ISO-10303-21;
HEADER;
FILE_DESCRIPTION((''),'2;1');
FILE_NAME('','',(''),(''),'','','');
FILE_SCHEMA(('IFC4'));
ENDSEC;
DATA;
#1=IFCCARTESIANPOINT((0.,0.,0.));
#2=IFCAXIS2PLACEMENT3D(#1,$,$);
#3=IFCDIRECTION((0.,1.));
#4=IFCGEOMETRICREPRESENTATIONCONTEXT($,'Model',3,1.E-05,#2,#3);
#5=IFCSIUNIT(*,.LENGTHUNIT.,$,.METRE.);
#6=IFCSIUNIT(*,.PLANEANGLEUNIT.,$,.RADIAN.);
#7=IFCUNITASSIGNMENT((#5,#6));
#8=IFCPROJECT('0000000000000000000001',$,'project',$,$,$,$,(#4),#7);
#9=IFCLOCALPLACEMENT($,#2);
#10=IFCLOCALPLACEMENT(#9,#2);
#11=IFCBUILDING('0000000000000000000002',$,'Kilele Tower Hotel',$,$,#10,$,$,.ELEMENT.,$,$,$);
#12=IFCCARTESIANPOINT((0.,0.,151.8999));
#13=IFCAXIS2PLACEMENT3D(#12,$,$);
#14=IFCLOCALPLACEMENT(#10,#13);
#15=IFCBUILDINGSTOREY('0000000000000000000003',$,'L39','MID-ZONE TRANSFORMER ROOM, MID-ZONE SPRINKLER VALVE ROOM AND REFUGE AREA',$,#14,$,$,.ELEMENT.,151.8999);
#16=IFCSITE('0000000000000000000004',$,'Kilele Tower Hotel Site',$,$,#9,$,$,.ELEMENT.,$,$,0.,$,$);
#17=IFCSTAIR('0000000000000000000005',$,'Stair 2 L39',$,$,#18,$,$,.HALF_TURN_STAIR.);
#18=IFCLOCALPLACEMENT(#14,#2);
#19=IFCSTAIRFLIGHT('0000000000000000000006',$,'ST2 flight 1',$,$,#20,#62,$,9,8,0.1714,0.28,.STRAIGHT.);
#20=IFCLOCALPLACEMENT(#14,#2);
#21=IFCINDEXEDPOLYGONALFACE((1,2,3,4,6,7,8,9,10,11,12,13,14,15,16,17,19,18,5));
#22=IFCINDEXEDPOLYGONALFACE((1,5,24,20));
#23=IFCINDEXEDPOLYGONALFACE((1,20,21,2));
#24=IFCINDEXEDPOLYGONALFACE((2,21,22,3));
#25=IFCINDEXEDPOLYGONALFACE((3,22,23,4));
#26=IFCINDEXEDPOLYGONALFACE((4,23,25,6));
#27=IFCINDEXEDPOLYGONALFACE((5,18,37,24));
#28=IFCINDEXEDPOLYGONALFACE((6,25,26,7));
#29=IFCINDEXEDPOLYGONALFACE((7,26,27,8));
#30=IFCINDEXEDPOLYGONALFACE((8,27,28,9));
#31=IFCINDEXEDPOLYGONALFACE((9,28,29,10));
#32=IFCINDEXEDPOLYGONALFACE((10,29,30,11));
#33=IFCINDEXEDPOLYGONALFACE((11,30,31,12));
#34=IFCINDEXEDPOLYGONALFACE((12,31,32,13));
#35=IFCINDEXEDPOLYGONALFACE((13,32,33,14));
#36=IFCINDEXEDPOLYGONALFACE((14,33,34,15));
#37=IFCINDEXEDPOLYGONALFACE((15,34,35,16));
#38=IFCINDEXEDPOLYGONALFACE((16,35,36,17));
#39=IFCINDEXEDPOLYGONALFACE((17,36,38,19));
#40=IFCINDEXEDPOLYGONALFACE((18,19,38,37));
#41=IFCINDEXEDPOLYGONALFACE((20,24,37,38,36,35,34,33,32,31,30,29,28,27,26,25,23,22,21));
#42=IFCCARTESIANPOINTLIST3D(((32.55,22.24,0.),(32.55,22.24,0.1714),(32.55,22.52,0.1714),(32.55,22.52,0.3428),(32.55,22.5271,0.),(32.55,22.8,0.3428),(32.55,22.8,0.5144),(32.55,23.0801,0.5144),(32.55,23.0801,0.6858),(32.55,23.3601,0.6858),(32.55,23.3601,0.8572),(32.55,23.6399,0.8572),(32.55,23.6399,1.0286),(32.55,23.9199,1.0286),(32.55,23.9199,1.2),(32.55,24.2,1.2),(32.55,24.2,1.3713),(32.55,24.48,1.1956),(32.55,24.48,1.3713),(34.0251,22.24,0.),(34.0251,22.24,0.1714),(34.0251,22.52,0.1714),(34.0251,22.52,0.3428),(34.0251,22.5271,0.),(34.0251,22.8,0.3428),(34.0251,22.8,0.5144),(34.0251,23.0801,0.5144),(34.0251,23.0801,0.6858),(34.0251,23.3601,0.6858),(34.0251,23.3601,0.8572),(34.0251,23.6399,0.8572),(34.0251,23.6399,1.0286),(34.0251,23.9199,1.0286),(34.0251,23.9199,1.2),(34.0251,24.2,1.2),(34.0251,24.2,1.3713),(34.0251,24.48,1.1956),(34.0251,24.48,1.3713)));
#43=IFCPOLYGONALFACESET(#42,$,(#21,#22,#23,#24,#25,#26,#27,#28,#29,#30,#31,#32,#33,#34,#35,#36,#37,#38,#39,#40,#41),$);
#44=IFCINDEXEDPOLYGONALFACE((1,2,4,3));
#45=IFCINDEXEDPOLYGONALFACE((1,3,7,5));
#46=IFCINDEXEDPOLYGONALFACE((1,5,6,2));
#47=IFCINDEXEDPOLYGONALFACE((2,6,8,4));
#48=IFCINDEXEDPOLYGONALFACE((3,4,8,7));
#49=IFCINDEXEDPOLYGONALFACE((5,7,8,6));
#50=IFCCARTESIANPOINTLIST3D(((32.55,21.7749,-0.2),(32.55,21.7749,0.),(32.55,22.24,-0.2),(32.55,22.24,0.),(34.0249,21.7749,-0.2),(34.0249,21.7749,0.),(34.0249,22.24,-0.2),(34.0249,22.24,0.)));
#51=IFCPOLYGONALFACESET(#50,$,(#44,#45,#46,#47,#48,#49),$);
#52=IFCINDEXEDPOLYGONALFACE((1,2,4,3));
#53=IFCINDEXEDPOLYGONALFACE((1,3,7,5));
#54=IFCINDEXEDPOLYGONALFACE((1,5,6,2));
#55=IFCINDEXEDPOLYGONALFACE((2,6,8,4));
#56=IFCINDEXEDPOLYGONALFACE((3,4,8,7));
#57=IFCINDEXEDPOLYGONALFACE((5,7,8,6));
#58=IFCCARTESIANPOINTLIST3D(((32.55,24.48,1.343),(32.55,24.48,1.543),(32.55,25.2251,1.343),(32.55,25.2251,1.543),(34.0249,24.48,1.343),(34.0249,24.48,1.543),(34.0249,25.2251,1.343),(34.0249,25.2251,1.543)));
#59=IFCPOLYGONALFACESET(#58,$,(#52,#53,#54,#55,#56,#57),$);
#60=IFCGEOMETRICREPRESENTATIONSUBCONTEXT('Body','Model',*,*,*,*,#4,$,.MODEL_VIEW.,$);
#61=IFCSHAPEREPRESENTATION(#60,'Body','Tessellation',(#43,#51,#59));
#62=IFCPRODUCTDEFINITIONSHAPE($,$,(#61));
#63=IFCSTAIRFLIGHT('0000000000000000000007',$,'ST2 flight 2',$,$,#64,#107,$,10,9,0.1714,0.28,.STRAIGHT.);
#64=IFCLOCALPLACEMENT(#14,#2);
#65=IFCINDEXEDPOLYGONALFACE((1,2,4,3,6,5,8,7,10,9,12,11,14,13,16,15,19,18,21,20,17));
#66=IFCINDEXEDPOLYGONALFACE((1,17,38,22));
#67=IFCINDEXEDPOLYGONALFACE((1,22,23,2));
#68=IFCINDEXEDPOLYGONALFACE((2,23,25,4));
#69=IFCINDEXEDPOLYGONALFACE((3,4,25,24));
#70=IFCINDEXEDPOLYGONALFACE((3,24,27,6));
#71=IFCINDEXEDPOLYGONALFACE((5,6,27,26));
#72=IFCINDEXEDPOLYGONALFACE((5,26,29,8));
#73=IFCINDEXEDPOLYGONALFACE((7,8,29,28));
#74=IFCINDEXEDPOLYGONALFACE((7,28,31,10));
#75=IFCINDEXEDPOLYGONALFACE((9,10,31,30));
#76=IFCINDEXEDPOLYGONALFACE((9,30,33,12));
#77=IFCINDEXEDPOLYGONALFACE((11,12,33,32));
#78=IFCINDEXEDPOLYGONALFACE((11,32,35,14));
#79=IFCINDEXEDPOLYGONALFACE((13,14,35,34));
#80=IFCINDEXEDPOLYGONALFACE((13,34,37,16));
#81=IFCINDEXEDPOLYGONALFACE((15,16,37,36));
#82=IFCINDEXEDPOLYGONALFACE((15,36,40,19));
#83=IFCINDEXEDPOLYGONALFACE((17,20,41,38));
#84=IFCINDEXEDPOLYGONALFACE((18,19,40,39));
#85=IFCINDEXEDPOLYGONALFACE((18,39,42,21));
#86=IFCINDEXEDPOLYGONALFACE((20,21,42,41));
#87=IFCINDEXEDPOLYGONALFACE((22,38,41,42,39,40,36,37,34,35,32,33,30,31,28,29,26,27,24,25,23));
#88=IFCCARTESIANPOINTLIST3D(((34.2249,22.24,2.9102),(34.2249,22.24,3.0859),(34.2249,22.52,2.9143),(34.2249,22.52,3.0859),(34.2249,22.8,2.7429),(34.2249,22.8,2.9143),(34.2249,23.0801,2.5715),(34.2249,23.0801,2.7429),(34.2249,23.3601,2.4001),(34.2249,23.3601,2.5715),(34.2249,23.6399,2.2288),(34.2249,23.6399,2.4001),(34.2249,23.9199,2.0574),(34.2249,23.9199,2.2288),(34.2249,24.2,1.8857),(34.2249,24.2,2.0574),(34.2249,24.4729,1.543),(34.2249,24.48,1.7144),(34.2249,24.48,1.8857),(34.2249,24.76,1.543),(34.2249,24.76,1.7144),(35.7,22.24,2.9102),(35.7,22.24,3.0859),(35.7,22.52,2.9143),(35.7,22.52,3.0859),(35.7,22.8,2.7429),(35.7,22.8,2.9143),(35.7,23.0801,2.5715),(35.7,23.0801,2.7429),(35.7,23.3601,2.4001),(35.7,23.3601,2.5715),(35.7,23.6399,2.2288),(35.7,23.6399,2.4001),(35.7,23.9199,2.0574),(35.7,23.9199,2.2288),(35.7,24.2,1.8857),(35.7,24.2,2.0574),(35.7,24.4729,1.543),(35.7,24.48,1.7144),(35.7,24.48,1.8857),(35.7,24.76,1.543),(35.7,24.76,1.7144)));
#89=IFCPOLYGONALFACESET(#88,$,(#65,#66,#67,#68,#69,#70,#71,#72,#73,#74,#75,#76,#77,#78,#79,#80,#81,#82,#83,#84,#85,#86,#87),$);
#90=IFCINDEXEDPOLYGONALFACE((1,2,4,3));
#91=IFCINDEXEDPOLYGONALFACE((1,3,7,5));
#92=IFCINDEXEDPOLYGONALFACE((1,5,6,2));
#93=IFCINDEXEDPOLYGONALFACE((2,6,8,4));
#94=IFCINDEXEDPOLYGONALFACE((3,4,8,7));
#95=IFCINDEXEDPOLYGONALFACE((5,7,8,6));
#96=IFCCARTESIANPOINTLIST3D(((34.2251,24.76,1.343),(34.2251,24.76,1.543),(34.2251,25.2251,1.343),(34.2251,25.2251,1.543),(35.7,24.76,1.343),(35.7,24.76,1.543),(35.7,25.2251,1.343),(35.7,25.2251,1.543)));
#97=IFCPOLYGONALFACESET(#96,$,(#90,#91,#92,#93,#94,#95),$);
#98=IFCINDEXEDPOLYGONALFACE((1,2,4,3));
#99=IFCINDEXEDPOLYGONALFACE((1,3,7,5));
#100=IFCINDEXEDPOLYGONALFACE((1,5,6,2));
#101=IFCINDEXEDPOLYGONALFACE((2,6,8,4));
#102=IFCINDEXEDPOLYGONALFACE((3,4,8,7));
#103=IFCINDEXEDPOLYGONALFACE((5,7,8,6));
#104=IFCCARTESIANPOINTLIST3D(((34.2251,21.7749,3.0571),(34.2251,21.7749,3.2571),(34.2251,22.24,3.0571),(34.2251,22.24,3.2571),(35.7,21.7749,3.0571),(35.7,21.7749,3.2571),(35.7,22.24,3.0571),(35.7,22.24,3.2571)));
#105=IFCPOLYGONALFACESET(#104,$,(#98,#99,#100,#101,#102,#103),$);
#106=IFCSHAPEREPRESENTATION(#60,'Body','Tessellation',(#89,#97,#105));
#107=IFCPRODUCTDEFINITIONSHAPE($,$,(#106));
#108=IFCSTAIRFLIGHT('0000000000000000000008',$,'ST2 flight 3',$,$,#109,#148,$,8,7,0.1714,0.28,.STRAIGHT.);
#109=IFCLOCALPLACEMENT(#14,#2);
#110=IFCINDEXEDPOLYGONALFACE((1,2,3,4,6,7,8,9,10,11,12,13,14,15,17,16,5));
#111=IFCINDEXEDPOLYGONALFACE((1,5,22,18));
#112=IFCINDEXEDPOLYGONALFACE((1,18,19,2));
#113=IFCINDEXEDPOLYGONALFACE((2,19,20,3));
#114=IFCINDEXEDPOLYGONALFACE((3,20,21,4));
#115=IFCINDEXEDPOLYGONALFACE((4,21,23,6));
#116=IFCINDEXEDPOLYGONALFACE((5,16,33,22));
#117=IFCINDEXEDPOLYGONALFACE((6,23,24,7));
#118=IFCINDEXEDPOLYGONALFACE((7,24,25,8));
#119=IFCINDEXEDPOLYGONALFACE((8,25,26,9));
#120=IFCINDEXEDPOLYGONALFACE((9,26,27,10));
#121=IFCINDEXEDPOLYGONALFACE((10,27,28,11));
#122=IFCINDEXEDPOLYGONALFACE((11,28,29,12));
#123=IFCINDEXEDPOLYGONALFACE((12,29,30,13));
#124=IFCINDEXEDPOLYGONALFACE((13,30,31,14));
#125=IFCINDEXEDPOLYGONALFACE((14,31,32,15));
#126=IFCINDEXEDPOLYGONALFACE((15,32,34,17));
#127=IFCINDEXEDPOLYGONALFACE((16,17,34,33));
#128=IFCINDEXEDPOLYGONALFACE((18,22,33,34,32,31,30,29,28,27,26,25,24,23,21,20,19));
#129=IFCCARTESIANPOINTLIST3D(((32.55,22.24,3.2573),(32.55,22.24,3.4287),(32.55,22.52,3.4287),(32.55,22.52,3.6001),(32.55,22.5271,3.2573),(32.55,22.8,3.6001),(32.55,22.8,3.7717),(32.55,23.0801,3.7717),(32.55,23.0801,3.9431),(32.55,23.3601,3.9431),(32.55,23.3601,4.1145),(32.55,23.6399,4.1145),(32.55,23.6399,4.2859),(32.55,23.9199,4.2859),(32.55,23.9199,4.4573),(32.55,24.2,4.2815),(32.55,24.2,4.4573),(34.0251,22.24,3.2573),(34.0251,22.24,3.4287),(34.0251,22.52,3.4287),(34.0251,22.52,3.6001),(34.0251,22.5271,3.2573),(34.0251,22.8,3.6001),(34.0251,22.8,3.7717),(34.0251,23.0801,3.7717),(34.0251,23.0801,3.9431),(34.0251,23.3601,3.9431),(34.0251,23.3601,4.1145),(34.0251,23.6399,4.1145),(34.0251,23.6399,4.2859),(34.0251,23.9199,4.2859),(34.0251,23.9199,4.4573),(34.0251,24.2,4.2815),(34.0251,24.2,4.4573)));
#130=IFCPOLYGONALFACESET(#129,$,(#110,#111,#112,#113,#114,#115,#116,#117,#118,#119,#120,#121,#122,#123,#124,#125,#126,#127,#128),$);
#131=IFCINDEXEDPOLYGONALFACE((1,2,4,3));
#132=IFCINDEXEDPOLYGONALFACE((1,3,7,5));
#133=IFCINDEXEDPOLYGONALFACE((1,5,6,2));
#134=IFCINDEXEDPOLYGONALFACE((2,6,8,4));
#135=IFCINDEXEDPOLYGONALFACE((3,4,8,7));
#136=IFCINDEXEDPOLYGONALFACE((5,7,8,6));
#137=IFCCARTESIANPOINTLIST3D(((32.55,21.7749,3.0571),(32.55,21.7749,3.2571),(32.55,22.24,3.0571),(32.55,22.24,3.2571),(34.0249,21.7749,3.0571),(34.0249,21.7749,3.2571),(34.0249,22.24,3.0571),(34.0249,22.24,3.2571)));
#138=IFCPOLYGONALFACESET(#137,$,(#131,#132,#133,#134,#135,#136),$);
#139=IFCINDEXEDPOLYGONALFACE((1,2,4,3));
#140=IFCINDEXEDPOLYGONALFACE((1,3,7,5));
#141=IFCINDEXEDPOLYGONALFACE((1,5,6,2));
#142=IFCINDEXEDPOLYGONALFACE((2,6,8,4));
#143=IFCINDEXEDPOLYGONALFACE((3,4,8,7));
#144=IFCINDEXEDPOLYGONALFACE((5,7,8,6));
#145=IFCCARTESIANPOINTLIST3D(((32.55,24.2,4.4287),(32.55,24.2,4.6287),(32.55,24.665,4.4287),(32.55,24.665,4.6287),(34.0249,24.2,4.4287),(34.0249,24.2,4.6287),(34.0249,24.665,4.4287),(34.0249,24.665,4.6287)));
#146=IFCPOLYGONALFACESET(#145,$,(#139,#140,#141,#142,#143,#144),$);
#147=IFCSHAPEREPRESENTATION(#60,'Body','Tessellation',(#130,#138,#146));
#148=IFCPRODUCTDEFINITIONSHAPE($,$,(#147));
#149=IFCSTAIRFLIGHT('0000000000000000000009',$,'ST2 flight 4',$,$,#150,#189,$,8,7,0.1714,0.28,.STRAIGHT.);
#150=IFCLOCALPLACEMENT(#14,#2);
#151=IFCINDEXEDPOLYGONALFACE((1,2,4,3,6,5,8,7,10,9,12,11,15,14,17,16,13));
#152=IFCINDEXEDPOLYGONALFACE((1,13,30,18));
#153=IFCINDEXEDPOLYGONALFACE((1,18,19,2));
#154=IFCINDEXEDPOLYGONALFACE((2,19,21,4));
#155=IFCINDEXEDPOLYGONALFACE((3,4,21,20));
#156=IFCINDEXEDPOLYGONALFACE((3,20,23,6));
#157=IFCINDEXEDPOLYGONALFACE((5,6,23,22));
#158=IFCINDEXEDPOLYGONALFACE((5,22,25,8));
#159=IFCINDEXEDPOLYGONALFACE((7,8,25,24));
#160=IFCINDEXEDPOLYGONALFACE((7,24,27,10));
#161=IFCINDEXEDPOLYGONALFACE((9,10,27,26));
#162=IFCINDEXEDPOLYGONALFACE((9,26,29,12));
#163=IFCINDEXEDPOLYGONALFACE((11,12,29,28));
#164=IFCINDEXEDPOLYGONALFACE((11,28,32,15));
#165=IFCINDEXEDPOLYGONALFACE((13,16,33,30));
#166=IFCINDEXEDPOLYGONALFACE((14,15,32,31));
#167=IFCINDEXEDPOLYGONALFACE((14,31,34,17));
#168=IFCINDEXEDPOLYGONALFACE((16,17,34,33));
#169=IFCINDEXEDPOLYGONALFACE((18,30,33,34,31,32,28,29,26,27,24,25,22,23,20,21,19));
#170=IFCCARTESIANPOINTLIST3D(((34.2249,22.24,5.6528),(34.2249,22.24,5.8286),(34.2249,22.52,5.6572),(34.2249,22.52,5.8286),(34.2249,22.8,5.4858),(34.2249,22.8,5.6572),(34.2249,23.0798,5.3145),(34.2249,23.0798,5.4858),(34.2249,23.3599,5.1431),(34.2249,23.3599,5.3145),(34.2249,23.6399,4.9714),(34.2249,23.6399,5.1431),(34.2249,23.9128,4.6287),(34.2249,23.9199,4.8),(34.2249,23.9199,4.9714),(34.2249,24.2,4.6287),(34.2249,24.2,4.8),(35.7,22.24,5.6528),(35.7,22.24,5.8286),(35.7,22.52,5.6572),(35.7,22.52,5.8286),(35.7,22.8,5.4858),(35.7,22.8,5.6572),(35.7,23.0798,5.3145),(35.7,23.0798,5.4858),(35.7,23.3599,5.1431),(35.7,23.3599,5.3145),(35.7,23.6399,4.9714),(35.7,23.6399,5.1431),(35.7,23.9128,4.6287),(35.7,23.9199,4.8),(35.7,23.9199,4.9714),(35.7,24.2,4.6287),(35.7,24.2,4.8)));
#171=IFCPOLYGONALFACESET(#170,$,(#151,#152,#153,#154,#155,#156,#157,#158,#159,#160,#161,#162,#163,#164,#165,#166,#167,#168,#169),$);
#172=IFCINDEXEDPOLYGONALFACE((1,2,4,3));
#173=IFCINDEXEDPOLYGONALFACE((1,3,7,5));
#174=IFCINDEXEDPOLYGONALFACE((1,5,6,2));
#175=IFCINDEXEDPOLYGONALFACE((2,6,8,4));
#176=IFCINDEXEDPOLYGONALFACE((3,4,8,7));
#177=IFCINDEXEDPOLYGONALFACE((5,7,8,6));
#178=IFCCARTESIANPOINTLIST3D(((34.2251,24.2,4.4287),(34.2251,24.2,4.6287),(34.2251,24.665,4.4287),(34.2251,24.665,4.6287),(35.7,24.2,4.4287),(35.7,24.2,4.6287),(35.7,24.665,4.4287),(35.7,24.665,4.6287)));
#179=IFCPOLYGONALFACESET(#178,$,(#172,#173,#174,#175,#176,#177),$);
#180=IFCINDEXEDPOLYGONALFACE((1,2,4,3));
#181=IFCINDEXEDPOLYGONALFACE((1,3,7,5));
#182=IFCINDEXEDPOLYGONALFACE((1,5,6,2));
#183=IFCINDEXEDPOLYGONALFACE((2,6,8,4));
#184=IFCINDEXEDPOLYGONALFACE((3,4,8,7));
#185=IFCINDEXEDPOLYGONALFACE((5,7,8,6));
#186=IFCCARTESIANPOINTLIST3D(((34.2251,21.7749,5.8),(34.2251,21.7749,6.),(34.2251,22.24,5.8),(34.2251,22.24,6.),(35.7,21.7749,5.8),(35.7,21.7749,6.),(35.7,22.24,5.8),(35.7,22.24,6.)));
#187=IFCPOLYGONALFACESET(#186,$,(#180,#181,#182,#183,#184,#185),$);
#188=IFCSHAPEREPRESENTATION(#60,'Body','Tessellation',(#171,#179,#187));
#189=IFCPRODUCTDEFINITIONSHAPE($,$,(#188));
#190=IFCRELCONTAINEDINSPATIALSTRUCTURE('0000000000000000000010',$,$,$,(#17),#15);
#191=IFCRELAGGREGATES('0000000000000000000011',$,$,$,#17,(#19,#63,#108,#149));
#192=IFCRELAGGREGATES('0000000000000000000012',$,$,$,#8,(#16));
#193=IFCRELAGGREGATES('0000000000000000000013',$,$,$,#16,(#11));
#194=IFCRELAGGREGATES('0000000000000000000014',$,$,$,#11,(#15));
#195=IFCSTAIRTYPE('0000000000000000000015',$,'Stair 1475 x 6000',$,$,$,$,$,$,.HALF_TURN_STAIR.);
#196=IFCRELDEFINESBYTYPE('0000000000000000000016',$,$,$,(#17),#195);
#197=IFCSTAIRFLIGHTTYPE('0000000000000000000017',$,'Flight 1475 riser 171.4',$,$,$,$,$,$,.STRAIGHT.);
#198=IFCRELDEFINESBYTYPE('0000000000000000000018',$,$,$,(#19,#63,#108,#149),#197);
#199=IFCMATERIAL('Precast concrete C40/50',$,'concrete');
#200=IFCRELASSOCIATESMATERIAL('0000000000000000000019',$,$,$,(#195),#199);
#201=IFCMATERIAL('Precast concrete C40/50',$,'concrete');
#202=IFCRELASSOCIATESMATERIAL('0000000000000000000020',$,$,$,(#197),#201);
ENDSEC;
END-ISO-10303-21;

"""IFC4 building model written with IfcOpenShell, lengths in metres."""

from ifc_helpers import new_model, si_unit, direction, frame, origin, place, context, subcontext, project, spatial, polyline, outline, extrude, material, type_object, element, aggregate, save


model = new_model("IFC4")

# Units and contexts
model_context = context("Model", 3, precision=1e-05, world=origin(), true_north=direction((0.0, 1.0)))
body_context = subcontext(model_context, "Body", "Model", "MODEL_VIEW")
ifc_project = project(units=[si_unit("LENGTHUNIT", "METRE"), si_unit("PLANEANGLEUNIT", "RADIAN")], contexts=[model_context])

# Site, building, storey
site_placement = place(None, origin())
site = spatial("IfcSite", under=ifc_project, at=site_placement, Name="Kilele Tower Hotel Site", CompositionType="ELEMENT", RefElevation=0.0)
building_placement = place(site_placement, origin())
building = spatial("IfcBuilding", under=site, at=building_placement, Name="Kilele Tower Hotel", CompositionType="ELEMENT")
storey_placement = place(building_placement, frame((0.0, 0.0, 151.8999)))
storey = spatial("IfcBuildingStorey", under=building, at=storey_placement, Name="L39", Description="MID-ZONE TRANSFORMER ROOM, MID-ZONE SPRINKLER VALVE ROOM AND REFUGE AREA", CompositionType="ELEMENT", Elevation=151.8999)

# Stair, stair flights
ifc_material_1 = material(Name="Precast concrete C40/50", Category="concrete")
stair_type = type_object("IfcStairType", Name="Stair 1475 x 6000", PredefinedType="HALF_TURN_STAIR", material=ifc_material_1)
stair_placement = place(storey_placement, origin())
stair = element("IfcStair", 1, at=stair_placement, inside=storey, type_object=stair_type, Name="Stair 2 L39", PredefinedType="HALF_TURN_STAIR")
ifc_material_2 = material(Name="Precast concrete C40/50", Category="concrete")
stair_flight_type = type_object("IfcStairFlightType", Name="Flight 1475 riser 171.4", PredefinedType="STRAIGHT", material=ifc_material_2)
stair_flight_1_placement = place(storey_placement, frame((33.2876, 22.24, 0.0), z_axis=(0.0, 0.0, 1.0), x_axis=(0.0, 1.0, 0.0)))
stair_flight_1 = element("IfcStairFlight", 2, at=stair_flight_1_placement, type_object=stair_flight_type, Name="ST2 flight 1", NumberOfRisers=9, NumberOfTreads=8, PredefinedType="STRAIGHT", RiserHeight=0.1714, TreadLength=0.28, context=body_context, shape_type="SweptSolid", body=[
    extrude(outline(polyline([(0.0, 0.0), (0.0, 0.1714), (0.28, 0.1714), (0.28, 0.3428), (0.5601, 0.3428), (0.5601, 0.5144), (0.8401, 0.5144), (0.8401, 0.6858), (1.1201, 0.6858), (1.1201, 0.8572), (1.3999, 0.8572), (1.3999, 1.0286), (1.6799, 1.0286), (1.6799, 1.2), (1.96, 1.2), (1.96, 1.3713), (2.24, 1.3713), (2.24, 1.543), (2.24, 1.1956), (0.2871, 0.0), (0.0, 0.0)])), frame((0.0, 0.7375, 0.0), z_axis=(0.0, -1.0, 0.0), x_axis=(1.0, 0.0, 0.0)), (0.0, 0.0, 1.0), 1.4751),
    extrude(outline(polyline([(-0.4651, 0.7375), (-0.4651, -0.7373), (0.0, -0.7373), (0.0, 0.7375), (-0.4651, 0.7375)])), frame((0.0, 0.0, -0.2)), (0.0, 0.0, 1.0), 0.2),
    extrude(outline(polyline([(2.24, 0.7375), (2.24, -0.7373), (2.9851, -0.7373), (2.9851, 0.7375), (2.24, 0.7375)])), frame((0.0, 0.0, 1.343)), (0.0, 0.0, 1.0), 0.2),
])
stair_flight_2_placement = place(storey_placement, frame((34.9624, 24.76, 1.543), z_axis=(0.0, 0.0, 1.0), x_axis=(0.0, -1.0, 0.0)))
stair_flight_2 = element("IfcStairFlight", 3, at=stair_flight_2_placement, type_object=stair_flight_type, Name="ST2 flight 2", NumberOfRisers=10, NumberOfTreads=9, PredefinedType="STRAIGHT", RiserHeight=0.1714, TreadLength=0.28, context=body_context, shape_type="SweptSolid", body=[
    extrude(outline(polyline([(0.0, 0.0), (0.0, 0.1714), (0.28, 0.1714), (0.28, 0.3428), (0.5601, 0.3428), (0.5601, 0.5144), (0.8401, 0.5144), (0.8401, 0.6858), (1.1201, 0.6858), (1.1201, 0.8572), (1.3999, 0.8572), (1.3999, 1.0286), (1.6799, 1.0286), (1.6799, 1.2), (1.96, 1.2), (1.96, 1.3713), (2.24, 1.3713), (2.24, 1.543), (2.52, 1.543), (2.52, 1.7144), (2.52, 1.3672), (0.2871, 0.0), (0.0, 0.0)])), frame((0.0, 0.7375, 0.0), z_axis=(0.0, -1.0, 0.0), x_axis=(1.0, 0.0, 0.0)), (0.0, 0.0, 1.0), 1.4751),
    extrude(outline(polyline([(0.0, -0.7373), (0.0, 0.7375), (-0.4651, 0.7375), (-0.4651, -0.7373), (0.0, -0.7373)])), frame((0.0, 0.0, -0.2)), (0.0, 0.0, 1.0), 0.2),
    extrude(outline(polyline([(2.9851, -0.7373), (2.9851, 0.7375), (2.52, 0.7375), (2.52, -0.7373), (2.9851, -0.7373)])), frame((0.0, 0.0, 1.5142)), (0.0, 0.0, 1.0), 0.2),
])
stair_flight_3_placement = place(storey_placement, frame((33.2876, 22.24, 3.2573), z_axis=(0.0, 0.0, 1.0), x_axis=(0.0, 1.0, 0.0)))
stair_flight_3 = element("IfcStairFlight", 4, at=stair_flight_3_placement, type_object=stair_flight_type, Name="ST2 flight 3", NumberOfRisers=8, NumberOfTreads=7, PredefinedType="STRAIGHT", RiserHeight=0.1714, TreadLength=0.28, context=body_context, shape_type="SweptSolid", body=[
    extrude(outline(polyline([(0.0, 0.0), (0.0, 0.1714), (0.28, 0.1714), (0.28, 0.3428), (0.5601, 0.3428), (0.5601, 0.5144), (0.8401, 0.5144), (0.8401, 0.6858), (1.1201, 0.6858), (1.1201, 0.8572), (1.3999, 0.8572), (1.3999, 1.0286), (1.6799, 1.0286), (1.6799, 1.2), (1.96, 1.2), (1.96, 1.3713), (1.96, 1.0242), (0.2871, 0.0), (0.0, 0.0)])), frame((0.0, 0.7375, 0.0), z_axis=(0.0, -1.0, 0.0), x_axis=(1.0, 0.0, 0.0)), (0.0, 0.0, 1.0), 1.4751),
    extrude(outline(polyline([(-0.4651, 0.7375), (-0.4651, -0.7373), (0.0, -0.7373), (0.0, 0.7375), (-0.4651, 0.7375)])), frame((0.0, 0.0, -0.2002)), (0.0, 0.0, 1.0), 0.2),
    extrude(outline(polyline([(1.96, 0.7375), (1.96, -0.7373), (2.425, -0.7373), (2.425, 0.7375), (1.96, 0.7375)])), frame((0.0, 0.0, 1.1714)), (0.0, 0.0, 1.0), 0.2),
])
stair_flight_4_placement = place(storey_placement, frame((34.9624, 24.2, 4.6287), z_axis=(0.0, 0.0, 1.0), x_axis=(0.0, -1.0, 0.0)))
stair_flight_4 = element("IfcStairFlight", 5, at=stair_flight_4_placement, type_object=stair_flight_type, Name="ST2 flight 4", NumberOfRisers=8, NumberOfTreads=7, PredefinedType="STRAIGHT", RiserHeight=0.1714, TreadLength=0.28, context=body_context, shape_type="SweptSolid", body=[
    extrude(outline(polyline([(0.0, 0.0), (0.0, 0.1714), (0.28, 0.1714), (0.28, 0.3428), (0.5601, 0.3428), (0.5601, 0.5144), (0.8401, 0.5144), (0.8401, 0.6858), (1.1201, 0.6858), (1.1201, 0.8572), (1.3999, 0.8572), (1.3999, 1.0286), (1.6799, 1.0286), (1.6799, 1.2), (1.96, 1.2), (1.96, 1.3713), (1.96, 1.0242), (0.2871, 0.0), (0.0, 0.0)])), frame((0.0, 0.7375, 0.0), z_axis=(0.0, -1.0, 0.0), x_axis=(1.0, 0.0, 0.0)), (0.0, 0.0, 1.0), 1.4751),
    extrude(outline(polyline([(0.0, -0.7373), (0.0, 0.7375), (-0.4651, 0.7375), (-0.4651, -0.7373), (0.0, -0.7373)])), frame((0.0, 0.0, -0.2)), (0.0, 0.0, 1.0), 0.2),
    extrude(outline(polyline([(2.425, -0.7373), (2.425, 0.7375), (1.96, 0.7375), (1.96, -0.7373), (2.425, -0.7373)])), frame((0.0, 0.0, 1.1714)), (0.0, 0.0, 1.0), 0.2),
])
aggregate(stair, [stair_flight_1, stair_flight_2, stair_flight_3, stair_flight_4])

save(model, "model.ifc")
